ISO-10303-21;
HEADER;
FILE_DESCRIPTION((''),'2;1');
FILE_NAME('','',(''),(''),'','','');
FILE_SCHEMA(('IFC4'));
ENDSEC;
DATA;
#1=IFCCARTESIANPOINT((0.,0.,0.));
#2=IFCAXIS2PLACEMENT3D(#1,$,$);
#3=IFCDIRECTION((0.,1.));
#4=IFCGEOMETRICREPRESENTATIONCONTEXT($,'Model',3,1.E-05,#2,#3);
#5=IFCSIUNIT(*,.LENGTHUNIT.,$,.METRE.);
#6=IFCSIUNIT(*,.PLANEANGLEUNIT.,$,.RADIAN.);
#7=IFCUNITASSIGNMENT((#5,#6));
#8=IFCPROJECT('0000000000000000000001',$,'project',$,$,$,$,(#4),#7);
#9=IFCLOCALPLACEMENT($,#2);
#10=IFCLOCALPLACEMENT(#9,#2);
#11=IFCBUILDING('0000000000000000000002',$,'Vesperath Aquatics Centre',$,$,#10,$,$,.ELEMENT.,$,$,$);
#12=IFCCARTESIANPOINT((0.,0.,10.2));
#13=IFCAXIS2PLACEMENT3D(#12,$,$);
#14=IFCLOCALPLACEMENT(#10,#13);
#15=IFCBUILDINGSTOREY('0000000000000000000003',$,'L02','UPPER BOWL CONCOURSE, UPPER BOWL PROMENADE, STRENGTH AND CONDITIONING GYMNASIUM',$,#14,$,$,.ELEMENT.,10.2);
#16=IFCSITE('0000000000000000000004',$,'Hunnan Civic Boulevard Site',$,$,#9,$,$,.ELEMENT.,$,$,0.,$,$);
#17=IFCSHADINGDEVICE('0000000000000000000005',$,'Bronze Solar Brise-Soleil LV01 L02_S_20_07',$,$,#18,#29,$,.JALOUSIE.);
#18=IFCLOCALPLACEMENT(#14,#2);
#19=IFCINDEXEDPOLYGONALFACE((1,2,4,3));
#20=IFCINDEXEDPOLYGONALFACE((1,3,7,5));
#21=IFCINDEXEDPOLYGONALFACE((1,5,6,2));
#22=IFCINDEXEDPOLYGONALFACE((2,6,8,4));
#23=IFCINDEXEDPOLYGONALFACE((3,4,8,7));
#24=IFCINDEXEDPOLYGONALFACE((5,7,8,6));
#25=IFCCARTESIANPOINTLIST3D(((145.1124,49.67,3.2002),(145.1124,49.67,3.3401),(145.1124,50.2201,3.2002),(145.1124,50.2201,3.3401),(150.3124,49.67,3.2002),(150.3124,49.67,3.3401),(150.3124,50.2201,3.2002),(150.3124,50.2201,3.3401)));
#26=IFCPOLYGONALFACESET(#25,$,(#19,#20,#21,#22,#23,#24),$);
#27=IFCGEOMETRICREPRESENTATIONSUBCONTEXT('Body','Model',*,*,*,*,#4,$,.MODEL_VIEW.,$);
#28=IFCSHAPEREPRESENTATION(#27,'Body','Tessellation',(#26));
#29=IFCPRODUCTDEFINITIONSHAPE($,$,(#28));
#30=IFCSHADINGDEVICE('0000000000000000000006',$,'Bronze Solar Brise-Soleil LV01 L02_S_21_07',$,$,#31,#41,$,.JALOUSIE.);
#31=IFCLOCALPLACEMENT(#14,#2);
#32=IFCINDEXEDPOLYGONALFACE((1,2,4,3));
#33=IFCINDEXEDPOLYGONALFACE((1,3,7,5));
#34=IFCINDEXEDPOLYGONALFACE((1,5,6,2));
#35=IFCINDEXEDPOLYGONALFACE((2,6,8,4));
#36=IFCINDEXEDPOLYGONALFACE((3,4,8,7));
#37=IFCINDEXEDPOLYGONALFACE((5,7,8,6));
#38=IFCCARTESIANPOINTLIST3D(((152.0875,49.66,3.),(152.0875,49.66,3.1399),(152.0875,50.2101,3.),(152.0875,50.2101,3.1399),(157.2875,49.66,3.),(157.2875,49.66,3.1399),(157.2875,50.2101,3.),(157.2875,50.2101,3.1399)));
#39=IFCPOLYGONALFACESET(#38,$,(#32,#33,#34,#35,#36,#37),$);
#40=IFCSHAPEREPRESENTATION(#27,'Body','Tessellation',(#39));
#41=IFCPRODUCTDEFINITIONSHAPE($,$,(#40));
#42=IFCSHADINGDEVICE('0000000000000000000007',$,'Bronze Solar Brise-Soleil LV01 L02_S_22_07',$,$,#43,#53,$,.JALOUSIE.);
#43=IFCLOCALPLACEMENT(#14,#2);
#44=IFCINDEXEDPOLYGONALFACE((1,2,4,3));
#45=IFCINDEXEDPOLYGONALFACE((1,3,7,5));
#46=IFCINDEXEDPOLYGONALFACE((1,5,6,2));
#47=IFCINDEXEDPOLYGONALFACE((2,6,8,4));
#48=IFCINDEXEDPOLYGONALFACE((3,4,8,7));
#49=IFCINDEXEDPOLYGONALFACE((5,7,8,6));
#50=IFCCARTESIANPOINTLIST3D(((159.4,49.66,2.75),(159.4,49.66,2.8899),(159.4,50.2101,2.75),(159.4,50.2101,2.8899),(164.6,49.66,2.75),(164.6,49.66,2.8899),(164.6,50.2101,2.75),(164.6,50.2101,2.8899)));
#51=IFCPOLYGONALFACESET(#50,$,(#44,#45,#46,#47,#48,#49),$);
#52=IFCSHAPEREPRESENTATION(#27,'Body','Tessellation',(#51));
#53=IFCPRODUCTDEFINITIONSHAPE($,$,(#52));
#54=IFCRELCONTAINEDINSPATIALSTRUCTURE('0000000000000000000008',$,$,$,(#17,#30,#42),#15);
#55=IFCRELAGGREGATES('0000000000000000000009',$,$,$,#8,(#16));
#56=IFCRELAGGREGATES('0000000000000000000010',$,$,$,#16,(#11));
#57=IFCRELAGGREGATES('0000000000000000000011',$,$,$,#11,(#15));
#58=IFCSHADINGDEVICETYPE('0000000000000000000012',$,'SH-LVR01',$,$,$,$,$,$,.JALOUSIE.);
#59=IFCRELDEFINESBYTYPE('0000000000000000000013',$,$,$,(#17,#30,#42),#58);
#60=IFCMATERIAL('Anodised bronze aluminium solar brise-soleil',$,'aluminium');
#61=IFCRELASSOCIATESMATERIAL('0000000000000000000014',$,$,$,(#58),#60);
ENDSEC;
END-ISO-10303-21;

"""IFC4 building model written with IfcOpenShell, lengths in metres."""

from ifc_helpers import new_model, si_unit, direction, frame, origin, origin_2d, place, context, subcontext, project, spatial, rectangle, extrude, material, type_object, element, save


model = new_model("IFC4")

# Units and contexts
model_context = context("Model", 3, precision=1e-05, world=origin(), true_north=direction((0.0, 1.0)))
body_context = subcontext(model_context, "Body", "Model", "MODEL_VIEW")
ifc_project = project(units=[si_unit("LENGTHUNIT", "METRE"), si_unit("PLANEANGLEUNIT", "RADIAN")], contexts=[model_context])

# Site, building, storey
site_placement = place(None, origin())
site = spatial("IfcSite", under=ifc_project, at=site_placement, Name="Hunnan Civic Boulevard Site", CompositionType="ELEMENT", RefElevation=0.0)
building_placement = place(site_placement, origin())
building = spatial("IfcBuilding", under=site, at=building_placement, Name="Vesperath Aquatics Centre", CompositionType="ELEMENT")
storey_placement = place(building_placement, frame((0.0, 0.0, 10.2)))
storey = spatial("IfcBuildingStorey", under=building, at=storey_placement, Name="L02", Description="UPPER BOWL CONCOURSE, UPPER BOWL PROMENADE, STRENGTH AND CONDITIONING GYMNASIUM", CompositionType="ELEMENT", Elevation=10.2)

# Shading devices
ifc_material_1 = material(Name="Anodised bronze aluminium solar brise-soleil", Category="aluminium")
shading_device_type = type_object("IfcShadingDeviceType", Name="SH-LVR01", PredefinedType="JALOUSIE", material=ifc_material_1)
for number, where, z_axis, x_axis, name in (
    (1, (147.7124, 49.9451, 3.2002), (0.0, 0.0, 1.0), (1.0, 0.0, 0.0), "Bronze Solar Brise-Soleil LV01 L02_S_20_07"),
    (2, (154.6875, 49.9351, 3.0), (0.0, 0.0, 1.0), (1.0, 0.0, 0.0), "Bronze Solar Brise-Soleil LV01 L02_S_21_07"),
    (3, (162.0, 49.9351, 2.75), (0.0, 0.0, 1.0), (1.0, 0.0, 0.0), "Bronze Solar Brise-Soleil LV01 L02_S_22_07"),
):
    element("IfcShadingDevice", number, at=place(storey_placement, frame(where, z_axis=z_axis, x_axis=x_axis)), inside=storey, type_object=shading_device_type, Name=name, PredefinedType="JALOUSIE", context=body_context, shape_type="SweptSolid", body=[
        extrude(rectangle(XDim=5.2, YDim=0.55, at=origin_2d()), origin(), (0.0, 0.0, 1.0), 0.1399),
    ])

save(model, "model.ifc")
